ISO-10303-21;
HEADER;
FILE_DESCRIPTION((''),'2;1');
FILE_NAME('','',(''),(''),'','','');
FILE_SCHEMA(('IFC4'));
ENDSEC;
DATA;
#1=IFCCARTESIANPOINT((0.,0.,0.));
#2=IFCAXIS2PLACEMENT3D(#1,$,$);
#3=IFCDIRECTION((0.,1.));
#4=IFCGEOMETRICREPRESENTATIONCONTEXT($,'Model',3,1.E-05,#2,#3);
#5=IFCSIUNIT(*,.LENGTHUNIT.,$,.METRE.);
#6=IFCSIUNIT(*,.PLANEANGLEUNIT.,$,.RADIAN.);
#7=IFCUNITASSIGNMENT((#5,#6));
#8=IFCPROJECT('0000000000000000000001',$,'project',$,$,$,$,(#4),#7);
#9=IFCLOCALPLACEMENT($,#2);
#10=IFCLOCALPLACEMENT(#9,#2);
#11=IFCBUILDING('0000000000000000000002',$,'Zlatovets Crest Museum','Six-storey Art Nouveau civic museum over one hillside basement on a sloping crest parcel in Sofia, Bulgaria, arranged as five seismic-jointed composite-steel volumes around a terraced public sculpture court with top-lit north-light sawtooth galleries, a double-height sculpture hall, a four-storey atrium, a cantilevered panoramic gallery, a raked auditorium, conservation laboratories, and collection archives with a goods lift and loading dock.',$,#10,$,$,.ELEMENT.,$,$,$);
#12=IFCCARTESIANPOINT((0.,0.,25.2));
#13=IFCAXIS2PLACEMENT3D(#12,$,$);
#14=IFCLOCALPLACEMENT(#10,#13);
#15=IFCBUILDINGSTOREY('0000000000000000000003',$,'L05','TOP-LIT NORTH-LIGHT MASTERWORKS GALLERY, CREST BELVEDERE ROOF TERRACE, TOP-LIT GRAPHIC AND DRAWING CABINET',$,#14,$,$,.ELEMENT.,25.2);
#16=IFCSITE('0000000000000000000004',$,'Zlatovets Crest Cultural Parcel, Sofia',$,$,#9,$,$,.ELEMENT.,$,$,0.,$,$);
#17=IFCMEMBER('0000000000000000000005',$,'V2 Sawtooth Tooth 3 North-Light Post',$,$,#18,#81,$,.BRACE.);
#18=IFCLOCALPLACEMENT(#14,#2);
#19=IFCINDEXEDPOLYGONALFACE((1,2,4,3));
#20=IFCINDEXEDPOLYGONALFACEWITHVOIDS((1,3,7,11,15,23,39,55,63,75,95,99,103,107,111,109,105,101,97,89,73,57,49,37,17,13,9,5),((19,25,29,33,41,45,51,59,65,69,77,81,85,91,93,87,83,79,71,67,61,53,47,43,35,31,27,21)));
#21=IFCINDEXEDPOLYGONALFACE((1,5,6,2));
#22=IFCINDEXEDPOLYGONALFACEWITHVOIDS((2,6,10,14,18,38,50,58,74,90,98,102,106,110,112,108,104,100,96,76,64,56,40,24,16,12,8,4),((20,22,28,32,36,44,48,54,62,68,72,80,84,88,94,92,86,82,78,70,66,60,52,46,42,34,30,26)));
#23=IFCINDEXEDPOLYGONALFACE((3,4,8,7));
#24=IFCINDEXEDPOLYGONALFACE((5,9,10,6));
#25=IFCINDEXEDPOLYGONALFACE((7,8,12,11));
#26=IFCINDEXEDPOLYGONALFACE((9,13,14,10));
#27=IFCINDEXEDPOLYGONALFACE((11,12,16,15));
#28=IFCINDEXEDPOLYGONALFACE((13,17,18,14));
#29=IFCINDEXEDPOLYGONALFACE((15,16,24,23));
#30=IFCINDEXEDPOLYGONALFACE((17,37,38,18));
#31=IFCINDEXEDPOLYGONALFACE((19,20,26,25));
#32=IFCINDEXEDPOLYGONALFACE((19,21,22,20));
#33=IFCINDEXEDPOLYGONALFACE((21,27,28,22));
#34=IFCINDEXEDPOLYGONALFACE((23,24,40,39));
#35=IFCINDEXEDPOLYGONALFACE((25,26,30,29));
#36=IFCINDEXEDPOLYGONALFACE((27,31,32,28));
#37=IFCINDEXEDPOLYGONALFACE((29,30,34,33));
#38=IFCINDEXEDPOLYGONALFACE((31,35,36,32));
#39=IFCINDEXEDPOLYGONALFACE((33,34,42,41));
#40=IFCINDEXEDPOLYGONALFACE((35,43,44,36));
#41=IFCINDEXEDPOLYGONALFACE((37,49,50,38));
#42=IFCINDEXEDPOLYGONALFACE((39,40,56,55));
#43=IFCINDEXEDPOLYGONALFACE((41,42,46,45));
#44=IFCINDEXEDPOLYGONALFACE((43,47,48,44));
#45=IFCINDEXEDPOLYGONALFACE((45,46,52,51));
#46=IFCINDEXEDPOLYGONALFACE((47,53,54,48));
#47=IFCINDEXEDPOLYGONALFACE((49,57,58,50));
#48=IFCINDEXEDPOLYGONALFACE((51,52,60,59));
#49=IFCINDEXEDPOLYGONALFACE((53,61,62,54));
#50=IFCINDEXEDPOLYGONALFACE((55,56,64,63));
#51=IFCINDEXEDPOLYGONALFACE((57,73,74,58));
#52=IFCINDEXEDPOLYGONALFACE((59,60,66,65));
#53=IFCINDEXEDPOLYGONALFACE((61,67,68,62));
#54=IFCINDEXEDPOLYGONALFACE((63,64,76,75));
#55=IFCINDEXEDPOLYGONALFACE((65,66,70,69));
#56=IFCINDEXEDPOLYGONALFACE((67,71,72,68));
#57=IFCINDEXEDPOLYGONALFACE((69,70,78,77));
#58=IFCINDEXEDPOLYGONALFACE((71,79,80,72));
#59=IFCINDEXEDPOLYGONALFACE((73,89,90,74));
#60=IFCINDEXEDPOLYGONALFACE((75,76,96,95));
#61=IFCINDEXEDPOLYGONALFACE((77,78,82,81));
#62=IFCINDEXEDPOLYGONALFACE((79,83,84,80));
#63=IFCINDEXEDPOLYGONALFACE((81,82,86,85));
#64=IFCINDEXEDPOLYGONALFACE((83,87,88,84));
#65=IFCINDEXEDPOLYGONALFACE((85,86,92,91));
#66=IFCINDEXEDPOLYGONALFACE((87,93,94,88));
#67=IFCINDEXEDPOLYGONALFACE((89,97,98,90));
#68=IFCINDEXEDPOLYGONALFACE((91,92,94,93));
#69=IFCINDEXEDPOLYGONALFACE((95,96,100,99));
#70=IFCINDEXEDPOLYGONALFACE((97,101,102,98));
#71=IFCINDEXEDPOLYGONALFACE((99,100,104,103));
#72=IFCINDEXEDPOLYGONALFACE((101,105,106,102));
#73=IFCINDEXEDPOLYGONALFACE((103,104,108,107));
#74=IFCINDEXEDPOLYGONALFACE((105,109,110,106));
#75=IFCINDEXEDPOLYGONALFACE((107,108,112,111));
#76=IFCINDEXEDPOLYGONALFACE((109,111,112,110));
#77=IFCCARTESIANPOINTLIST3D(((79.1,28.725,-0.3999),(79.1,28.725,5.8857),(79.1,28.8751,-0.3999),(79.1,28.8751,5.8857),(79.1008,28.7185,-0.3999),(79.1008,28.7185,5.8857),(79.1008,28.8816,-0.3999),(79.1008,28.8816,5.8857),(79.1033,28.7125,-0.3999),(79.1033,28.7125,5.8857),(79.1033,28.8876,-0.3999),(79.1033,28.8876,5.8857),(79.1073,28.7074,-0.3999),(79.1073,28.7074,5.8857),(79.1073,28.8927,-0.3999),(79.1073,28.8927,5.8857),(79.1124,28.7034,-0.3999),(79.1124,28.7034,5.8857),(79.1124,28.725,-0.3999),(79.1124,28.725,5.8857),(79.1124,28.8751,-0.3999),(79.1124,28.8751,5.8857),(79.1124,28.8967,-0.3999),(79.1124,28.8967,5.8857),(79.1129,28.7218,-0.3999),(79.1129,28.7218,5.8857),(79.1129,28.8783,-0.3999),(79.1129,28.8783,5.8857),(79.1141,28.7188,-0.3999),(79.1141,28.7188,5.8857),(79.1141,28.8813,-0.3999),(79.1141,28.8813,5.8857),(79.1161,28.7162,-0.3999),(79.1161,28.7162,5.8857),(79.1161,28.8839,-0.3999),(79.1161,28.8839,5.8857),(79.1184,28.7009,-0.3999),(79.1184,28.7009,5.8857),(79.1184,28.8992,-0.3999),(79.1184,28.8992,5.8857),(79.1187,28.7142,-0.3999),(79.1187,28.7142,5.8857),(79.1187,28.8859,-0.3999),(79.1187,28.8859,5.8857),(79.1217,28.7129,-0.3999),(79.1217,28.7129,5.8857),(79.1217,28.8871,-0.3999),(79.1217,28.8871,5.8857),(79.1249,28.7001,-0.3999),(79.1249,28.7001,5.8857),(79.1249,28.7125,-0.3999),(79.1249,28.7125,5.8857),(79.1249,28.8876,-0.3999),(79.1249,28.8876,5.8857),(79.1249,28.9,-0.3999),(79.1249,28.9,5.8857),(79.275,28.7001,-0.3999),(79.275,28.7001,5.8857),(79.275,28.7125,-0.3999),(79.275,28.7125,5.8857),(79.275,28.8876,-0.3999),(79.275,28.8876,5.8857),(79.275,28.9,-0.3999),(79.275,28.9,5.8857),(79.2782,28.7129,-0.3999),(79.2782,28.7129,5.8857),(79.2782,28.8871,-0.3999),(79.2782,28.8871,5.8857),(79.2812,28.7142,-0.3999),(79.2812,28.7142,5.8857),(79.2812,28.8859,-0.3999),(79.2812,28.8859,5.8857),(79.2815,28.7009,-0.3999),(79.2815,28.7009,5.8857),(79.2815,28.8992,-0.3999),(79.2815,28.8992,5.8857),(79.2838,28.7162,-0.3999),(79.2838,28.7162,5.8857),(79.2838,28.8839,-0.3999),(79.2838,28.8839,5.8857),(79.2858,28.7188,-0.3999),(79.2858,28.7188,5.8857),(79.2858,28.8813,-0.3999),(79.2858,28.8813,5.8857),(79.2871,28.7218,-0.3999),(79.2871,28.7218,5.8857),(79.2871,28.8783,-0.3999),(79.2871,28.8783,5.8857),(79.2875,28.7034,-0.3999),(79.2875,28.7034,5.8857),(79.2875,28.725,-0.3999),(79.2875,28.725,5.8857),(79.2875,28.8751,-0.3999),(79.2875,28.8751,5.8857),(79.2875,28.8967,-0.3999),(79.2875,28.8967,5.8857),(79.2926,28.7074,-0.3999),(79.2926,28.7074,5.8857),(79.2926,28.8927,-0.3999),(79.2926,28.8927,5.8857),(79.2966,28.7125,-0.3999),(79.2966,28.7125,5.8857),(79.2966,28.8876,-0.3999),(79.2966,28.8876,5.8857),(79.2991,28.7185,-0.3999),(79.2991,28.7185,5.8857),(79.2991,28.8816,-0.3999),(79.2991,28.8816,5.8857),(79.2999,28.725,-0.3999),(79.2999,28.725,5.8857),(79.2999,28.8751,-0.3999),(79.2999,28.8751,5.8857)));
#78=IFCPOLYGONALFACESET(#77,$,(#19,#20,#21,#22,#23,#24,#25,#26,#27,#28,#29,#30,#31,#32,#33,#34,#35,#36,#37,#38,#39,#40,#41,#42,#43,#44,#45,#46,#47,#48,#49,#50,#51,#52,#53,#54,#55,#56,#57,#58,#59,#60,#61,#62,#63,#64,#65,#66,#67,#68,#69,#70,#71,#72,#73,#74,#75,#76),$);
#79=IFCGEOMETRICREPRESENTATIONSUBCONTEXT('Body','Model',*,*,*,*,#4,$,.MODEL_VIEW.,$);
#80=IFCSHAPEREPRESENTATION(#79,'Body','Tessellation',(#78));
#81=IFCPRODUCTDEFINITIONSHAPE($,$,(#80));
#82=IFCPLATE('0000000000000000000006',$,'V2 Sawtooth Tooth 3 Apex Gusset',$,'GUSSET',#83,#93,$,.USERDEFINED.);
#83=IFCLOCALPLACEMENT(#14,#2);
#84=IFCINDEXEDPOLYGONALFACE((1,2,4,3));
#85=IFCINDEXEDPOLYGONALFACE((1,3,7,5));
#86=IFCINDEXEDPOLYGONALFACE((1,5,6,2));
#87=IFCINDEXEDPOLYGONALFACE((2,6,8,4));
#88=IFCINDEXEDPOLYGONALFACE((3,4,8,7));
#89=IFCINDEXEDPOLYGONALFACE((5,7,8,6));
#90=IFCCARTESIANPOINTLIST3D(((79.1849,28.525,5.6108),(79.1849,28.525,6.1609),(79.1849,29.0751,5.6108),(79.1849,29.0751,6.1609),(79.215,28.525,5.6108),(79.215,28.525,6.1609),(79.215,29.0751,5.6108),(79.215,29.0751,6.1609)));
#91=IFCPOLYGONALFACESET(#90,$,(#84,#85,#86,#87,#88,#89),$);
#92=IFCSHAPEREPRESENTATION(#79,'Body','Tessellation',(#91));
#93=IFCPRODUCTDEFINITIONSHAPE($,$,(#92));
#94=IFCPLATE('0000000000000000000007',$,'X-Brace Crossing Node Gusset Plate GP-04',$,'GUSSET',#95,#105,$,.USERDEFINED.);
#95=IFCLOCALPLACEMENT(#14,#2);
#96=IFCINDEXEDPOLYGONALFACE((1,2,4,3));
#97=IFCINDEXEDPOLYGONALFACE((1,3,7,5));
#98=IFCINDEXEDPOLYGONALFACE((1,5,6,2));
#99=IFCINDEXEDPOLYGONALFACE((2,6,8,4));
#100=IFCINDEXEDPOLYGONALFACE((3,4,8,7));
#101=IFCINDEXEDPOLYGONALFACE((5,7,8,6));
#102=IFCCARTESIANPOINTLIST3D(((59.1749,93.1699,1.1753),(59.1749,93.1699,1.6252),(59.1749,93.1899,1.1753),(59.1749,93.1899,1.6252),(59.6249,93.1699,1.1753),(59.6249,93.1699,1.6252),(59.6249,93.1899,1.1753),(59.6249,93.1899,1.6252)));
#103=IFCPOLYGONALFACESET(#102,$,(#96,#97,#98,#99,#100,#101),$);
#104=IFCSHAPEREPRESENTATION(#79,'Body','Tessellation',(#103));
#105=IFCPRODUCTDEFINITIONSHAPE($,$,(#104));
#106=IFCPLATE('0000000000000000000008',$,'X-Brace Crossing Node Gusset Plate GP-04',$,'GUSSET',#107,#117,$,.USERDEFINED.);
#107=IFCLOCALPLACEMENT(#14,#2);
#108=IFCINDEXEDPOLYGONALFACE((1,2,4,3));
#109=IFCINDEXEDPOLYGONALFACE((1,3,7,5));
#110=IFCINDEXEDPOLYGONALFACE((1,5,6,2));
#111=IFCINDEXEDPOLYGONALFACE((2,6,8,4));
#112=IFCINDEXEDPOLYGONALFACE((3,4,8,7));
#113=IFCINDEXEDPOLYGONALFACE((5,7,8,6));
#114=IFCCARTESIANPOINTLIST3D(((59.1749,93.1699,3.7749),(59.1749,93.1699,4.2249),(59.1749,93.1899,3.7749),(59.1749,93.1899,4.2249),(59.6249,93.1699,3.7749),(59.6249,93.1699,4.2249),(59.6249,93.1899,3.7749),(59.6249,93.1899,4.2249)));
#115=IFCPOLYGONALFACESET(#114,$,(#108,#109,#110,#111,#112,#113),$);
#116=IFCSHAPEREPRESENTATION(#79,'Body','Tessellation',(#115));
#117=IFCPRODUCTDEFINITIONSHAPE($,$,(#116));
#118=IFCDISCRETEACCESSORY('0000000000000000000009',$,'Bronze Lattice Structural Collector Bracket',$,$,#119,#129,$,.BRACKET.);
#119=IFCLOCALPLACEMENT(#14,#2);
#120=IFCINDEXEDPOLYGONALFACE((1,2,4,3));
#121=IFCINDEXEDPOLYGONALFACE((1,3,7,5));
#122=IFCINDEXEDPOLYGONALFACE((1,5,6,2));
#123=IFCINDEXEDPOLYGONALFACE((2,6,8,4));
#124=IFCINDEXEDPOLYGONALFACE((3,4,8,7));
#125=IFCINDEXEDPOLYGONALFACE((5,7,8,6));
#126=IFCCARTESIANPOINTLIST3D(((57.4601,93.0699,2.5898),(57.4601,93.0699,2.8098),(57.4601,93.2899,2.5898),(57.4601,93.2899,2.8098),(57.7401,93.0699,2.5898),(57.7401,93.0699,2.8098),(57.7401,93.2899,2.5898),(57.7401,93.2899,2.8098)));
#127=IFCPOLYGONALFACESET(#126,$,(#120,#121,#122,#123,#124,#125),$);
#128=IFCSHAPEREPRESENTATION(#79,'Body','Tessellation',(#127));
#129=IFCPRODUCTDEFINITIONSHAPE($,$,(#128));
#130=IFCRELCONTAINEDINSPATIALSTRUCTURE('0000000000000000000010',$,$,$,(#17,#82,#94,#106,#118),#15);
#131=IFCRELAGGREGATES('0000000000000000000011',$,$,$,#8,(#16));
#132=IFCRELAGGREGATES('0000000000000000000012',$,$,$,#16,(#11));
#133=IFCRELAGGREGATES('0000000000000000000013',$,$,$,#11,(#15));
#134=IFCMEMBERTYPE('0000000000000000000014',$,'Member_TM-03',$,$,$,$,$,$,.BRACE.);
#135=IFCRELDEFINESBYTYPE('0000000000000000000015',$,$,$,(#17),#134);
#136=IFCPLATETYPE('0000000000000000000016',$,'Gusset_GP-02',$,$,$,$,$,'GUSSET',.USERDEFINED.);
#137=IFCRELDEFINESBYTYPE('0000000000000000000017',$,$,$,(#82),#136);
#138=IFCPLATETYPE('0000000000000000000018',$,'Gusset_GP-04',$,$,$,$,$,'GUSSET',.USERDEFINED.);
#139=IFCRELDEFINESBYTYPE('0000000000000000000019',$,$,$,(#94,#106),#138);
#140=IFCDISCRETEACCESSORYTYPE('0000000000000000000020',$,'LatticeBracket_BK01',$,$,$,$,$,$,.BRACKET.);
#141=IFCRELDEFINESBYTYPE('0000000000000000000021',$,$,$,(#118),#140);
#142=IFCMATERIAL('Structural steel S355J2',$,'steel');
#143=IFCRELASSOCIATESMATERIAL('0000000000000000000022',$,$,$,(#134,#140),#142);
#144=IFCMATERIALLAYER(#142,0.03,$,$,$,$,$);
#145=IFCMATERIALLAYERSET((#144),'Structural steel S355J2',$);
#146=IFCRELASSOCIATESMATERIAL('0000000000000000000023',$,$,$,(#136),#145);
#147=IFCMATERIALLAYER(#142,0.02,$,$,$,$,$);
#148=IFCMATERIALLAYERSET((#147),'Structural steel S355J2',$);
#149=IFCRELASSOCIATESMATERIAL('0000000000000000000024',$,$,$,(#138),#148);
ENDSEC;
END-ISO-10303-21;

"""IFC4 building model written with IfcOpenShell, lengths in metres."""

from ifc_helpers import new_model, si_unit, direction, frame, origin, origin_2d, place, context, subcontext, project, spatial, rectangle, hollow_rectangle, extrude, material, layer, layer_set, material_profile, profile_set, type_object, element, save


model = new_model("IFC4")

# Units and contexts
model_context = context("Model", 3, precision=1e-05, world=origin(), true_north=direction((0.0, 1.0)))
body_context = subcontext(model_context, "Body", "Model", "MODEL_VIEW")
ifc_project = project(units=[si_unit("LENGTHUNIT", "METRE"), si_unit("PLANEANGLEUNIT", "RADIAN")], contexts=[model_context])

# Site, building, storey
site_placement = place(None, origin())
site = spatial("IfcSite", under=ifc_project, at=site_placement, Name="Zlatovets Crest Cultural Parcel, Sofia", CompositionType="ELEMENT", RefElevation=0.0)
building_placement = place(site_placement, origin())
building = spatial("IfcBuilding", under=site, at=building_placement, Name="Zlatovets Crest Museum", Description="Six-storey Art Nouveau civic museum over one hillside basement on a sloping crest parcel in Sofia, Bulgaria, arranged as five seismic-jointed composite-steel volumes around a terraced public sculpture court with top-lit north-light sawtooth galleries, a double-height sculpture hall, a four-storey atrium, a cantilevered panoramic gallery, a raked auditorium, conservation laboratories, and collection archives with a goods lift and loading dock.", CompositionType="ELEMENT")
storey_placement = place(building_placement, frame((0.0, 0.0, 25.2)))
storey = spatial("IfcBuildingStorey", under=building, at=storey_placement, Name="L05", Description="TOP-LIT NORTH-LIGHT MASTERWORKS GALLERY, CREST BELVEDERE ROOF TERRACE, TOP-LIT GRAPHIC AND DRAWING CABINET", CompositionType="ELEMENT", Elevation=25.2)

# Shared definitions
ifc_material_1 = material(Name="Structural steel S355J2", Category="steel")

# Member
ifc_material_profile_1 = material_profile(ifc_material_1, hollow_rectangle(XDim=0.2, YDim=0.2, WallThickness=0.0125, InnerFilletRadius=0.0125, OuterFilletRadius=0.0249, at=origin_2d()), Name="SHS 200x200x12.5")
ifc_profile_set_1 = profile_set([ifc_material_profile_1], Name="Structural steel S355J2")
member_type_1 = type_object("IfcMemberType", Name="Member_TM-03", PredefinedType="BRACE", material=ifc_profile_set_1)
member_1_placement = place(storey_placement, frame((79.2, 28.8, -0.3999), z_axis=(0.0, 0.0, 1.0), x_axis=(1.0, 0.0, 0.0)))
element("IfcMember", 1, at=member_1_placement, inside=storey, type_object=member_type_1, Name="V2 Sawtooth Tooth 3 North-Light Post", PredefinedType="BRACE", context=body_context, shape_type="SweptSolid", body=[
    extrude(hollow_rectangle(XDim=0.2, YDim=0.2, WallThickness=0.0125, InnerFilletRadius=0.0125, OuterFilletRadius=0.0249, at=origin_2d()), origin(), (0.0, 0.0, 1.0), 6.2856),
])

# Plates
ifc_layer_1 = layer(ifc_material_1, 0.03)
ifc_layer_set_1 = layer_set([ifc_layer_1], Name="Structural steel S355J2")
plate_type_1 = type_object("IfcPlateType", Name="Gusset_GP-02", ElementType="GUSSET", PredefinedType="USERDEFINED", material=ifc_layer_set_1)
plate_placement = place(storey_placement, frame((79.2, 28.8, 5.6108), z_axis=(0.0, 0.0, 1.0), x_axis=(1.0, 0.0, 0.0)))
element("IfcPlate", 2, at=plate_placement, inside=storey, type_object=plate_type_1, Name="V2 Sawtooth Tooth 3 Apex Gusset", ObjectType="GUSSET", PredefinedType="USERDEFINED", context=body_context, shape_type="SweptSolid", body=[
    extrude(rectangle(XDim=0.03, YDim=0.55, at=origin_2d()), origin(), (0.0, 0.0, 1.0), 0.55),
])
ifc_layer_2 = layer(ifc_material_1, 0.02)
ifc_layer_set_2 = layer_set([ifc_layer_2], Name="Structural steel S355J2")
plate_type_2 = type_object("IfcPlateType", Name="Gusset_GP-04", ElementType="GUSSET", PredefinedType="USERDEFINED", material=ifc_layer_set_2)
for number, where, z_axis, x_axis, name in (
    (3, (59.3999, 93.1799, 1.1753), (0.0, 0.0, 1.0), (1.0, 0.0, 0.0), "X-Brace Crossing Node Gusset Plate GP-04"),
    (4, (59.3999, 93.1799, 3.7749), (0.0, 0.0, 1.0), (1.0, 0.0, 0.0), "X-Brace Crossing Node Gusset Plate GP-04"),
):
    element("IfcPlate", number, at=place(storey_placement, frame(where, z_axis=z_axis, x_axis=x_axis)), inside=storey, type_object=plate_type_2, Name=name, ObjectType="GUSSET", PredefinedType="USERDEFINED", context=body_context, shape_type="SweptSolid", body=[
        extrude(rectangle(XDim=0.45, YDim=0.02, at=origin_2d()), origin(), (0.0, 0.0, 1.0), 0.45),
    ])

# Discrete accessory
discrete_accessory_type = type_object("IfcDiscreteAccessoryType", Name="LatticeBracket_BK01", PredefinedType="BRACKET", material=ifc_material_1)
discrete_accessory_placement = place(storey_placement, frame((57.6001, 93.1799, 2.5898), z_axis=(0.0, 0.0, 1.0), x_axis=(1.0, 0.0, 0.0)))
element("IfcDiscreteAccessory", 5, at=discrete_accessory_placement, inside=storey, type_object=discrete_accessory_type, Name="Bronze Lattice Structural Collector Bracket", PredefinedType="BRACKET", context=body_context, shape_type="SweptSolid", body=[
    extrude(rectangle(XDim=0.28, YDim=0.22, at=origin_2d()), origin(), (0.0, 0.0, 1.0), 0.22),
])

save(model, "model.ifc")
